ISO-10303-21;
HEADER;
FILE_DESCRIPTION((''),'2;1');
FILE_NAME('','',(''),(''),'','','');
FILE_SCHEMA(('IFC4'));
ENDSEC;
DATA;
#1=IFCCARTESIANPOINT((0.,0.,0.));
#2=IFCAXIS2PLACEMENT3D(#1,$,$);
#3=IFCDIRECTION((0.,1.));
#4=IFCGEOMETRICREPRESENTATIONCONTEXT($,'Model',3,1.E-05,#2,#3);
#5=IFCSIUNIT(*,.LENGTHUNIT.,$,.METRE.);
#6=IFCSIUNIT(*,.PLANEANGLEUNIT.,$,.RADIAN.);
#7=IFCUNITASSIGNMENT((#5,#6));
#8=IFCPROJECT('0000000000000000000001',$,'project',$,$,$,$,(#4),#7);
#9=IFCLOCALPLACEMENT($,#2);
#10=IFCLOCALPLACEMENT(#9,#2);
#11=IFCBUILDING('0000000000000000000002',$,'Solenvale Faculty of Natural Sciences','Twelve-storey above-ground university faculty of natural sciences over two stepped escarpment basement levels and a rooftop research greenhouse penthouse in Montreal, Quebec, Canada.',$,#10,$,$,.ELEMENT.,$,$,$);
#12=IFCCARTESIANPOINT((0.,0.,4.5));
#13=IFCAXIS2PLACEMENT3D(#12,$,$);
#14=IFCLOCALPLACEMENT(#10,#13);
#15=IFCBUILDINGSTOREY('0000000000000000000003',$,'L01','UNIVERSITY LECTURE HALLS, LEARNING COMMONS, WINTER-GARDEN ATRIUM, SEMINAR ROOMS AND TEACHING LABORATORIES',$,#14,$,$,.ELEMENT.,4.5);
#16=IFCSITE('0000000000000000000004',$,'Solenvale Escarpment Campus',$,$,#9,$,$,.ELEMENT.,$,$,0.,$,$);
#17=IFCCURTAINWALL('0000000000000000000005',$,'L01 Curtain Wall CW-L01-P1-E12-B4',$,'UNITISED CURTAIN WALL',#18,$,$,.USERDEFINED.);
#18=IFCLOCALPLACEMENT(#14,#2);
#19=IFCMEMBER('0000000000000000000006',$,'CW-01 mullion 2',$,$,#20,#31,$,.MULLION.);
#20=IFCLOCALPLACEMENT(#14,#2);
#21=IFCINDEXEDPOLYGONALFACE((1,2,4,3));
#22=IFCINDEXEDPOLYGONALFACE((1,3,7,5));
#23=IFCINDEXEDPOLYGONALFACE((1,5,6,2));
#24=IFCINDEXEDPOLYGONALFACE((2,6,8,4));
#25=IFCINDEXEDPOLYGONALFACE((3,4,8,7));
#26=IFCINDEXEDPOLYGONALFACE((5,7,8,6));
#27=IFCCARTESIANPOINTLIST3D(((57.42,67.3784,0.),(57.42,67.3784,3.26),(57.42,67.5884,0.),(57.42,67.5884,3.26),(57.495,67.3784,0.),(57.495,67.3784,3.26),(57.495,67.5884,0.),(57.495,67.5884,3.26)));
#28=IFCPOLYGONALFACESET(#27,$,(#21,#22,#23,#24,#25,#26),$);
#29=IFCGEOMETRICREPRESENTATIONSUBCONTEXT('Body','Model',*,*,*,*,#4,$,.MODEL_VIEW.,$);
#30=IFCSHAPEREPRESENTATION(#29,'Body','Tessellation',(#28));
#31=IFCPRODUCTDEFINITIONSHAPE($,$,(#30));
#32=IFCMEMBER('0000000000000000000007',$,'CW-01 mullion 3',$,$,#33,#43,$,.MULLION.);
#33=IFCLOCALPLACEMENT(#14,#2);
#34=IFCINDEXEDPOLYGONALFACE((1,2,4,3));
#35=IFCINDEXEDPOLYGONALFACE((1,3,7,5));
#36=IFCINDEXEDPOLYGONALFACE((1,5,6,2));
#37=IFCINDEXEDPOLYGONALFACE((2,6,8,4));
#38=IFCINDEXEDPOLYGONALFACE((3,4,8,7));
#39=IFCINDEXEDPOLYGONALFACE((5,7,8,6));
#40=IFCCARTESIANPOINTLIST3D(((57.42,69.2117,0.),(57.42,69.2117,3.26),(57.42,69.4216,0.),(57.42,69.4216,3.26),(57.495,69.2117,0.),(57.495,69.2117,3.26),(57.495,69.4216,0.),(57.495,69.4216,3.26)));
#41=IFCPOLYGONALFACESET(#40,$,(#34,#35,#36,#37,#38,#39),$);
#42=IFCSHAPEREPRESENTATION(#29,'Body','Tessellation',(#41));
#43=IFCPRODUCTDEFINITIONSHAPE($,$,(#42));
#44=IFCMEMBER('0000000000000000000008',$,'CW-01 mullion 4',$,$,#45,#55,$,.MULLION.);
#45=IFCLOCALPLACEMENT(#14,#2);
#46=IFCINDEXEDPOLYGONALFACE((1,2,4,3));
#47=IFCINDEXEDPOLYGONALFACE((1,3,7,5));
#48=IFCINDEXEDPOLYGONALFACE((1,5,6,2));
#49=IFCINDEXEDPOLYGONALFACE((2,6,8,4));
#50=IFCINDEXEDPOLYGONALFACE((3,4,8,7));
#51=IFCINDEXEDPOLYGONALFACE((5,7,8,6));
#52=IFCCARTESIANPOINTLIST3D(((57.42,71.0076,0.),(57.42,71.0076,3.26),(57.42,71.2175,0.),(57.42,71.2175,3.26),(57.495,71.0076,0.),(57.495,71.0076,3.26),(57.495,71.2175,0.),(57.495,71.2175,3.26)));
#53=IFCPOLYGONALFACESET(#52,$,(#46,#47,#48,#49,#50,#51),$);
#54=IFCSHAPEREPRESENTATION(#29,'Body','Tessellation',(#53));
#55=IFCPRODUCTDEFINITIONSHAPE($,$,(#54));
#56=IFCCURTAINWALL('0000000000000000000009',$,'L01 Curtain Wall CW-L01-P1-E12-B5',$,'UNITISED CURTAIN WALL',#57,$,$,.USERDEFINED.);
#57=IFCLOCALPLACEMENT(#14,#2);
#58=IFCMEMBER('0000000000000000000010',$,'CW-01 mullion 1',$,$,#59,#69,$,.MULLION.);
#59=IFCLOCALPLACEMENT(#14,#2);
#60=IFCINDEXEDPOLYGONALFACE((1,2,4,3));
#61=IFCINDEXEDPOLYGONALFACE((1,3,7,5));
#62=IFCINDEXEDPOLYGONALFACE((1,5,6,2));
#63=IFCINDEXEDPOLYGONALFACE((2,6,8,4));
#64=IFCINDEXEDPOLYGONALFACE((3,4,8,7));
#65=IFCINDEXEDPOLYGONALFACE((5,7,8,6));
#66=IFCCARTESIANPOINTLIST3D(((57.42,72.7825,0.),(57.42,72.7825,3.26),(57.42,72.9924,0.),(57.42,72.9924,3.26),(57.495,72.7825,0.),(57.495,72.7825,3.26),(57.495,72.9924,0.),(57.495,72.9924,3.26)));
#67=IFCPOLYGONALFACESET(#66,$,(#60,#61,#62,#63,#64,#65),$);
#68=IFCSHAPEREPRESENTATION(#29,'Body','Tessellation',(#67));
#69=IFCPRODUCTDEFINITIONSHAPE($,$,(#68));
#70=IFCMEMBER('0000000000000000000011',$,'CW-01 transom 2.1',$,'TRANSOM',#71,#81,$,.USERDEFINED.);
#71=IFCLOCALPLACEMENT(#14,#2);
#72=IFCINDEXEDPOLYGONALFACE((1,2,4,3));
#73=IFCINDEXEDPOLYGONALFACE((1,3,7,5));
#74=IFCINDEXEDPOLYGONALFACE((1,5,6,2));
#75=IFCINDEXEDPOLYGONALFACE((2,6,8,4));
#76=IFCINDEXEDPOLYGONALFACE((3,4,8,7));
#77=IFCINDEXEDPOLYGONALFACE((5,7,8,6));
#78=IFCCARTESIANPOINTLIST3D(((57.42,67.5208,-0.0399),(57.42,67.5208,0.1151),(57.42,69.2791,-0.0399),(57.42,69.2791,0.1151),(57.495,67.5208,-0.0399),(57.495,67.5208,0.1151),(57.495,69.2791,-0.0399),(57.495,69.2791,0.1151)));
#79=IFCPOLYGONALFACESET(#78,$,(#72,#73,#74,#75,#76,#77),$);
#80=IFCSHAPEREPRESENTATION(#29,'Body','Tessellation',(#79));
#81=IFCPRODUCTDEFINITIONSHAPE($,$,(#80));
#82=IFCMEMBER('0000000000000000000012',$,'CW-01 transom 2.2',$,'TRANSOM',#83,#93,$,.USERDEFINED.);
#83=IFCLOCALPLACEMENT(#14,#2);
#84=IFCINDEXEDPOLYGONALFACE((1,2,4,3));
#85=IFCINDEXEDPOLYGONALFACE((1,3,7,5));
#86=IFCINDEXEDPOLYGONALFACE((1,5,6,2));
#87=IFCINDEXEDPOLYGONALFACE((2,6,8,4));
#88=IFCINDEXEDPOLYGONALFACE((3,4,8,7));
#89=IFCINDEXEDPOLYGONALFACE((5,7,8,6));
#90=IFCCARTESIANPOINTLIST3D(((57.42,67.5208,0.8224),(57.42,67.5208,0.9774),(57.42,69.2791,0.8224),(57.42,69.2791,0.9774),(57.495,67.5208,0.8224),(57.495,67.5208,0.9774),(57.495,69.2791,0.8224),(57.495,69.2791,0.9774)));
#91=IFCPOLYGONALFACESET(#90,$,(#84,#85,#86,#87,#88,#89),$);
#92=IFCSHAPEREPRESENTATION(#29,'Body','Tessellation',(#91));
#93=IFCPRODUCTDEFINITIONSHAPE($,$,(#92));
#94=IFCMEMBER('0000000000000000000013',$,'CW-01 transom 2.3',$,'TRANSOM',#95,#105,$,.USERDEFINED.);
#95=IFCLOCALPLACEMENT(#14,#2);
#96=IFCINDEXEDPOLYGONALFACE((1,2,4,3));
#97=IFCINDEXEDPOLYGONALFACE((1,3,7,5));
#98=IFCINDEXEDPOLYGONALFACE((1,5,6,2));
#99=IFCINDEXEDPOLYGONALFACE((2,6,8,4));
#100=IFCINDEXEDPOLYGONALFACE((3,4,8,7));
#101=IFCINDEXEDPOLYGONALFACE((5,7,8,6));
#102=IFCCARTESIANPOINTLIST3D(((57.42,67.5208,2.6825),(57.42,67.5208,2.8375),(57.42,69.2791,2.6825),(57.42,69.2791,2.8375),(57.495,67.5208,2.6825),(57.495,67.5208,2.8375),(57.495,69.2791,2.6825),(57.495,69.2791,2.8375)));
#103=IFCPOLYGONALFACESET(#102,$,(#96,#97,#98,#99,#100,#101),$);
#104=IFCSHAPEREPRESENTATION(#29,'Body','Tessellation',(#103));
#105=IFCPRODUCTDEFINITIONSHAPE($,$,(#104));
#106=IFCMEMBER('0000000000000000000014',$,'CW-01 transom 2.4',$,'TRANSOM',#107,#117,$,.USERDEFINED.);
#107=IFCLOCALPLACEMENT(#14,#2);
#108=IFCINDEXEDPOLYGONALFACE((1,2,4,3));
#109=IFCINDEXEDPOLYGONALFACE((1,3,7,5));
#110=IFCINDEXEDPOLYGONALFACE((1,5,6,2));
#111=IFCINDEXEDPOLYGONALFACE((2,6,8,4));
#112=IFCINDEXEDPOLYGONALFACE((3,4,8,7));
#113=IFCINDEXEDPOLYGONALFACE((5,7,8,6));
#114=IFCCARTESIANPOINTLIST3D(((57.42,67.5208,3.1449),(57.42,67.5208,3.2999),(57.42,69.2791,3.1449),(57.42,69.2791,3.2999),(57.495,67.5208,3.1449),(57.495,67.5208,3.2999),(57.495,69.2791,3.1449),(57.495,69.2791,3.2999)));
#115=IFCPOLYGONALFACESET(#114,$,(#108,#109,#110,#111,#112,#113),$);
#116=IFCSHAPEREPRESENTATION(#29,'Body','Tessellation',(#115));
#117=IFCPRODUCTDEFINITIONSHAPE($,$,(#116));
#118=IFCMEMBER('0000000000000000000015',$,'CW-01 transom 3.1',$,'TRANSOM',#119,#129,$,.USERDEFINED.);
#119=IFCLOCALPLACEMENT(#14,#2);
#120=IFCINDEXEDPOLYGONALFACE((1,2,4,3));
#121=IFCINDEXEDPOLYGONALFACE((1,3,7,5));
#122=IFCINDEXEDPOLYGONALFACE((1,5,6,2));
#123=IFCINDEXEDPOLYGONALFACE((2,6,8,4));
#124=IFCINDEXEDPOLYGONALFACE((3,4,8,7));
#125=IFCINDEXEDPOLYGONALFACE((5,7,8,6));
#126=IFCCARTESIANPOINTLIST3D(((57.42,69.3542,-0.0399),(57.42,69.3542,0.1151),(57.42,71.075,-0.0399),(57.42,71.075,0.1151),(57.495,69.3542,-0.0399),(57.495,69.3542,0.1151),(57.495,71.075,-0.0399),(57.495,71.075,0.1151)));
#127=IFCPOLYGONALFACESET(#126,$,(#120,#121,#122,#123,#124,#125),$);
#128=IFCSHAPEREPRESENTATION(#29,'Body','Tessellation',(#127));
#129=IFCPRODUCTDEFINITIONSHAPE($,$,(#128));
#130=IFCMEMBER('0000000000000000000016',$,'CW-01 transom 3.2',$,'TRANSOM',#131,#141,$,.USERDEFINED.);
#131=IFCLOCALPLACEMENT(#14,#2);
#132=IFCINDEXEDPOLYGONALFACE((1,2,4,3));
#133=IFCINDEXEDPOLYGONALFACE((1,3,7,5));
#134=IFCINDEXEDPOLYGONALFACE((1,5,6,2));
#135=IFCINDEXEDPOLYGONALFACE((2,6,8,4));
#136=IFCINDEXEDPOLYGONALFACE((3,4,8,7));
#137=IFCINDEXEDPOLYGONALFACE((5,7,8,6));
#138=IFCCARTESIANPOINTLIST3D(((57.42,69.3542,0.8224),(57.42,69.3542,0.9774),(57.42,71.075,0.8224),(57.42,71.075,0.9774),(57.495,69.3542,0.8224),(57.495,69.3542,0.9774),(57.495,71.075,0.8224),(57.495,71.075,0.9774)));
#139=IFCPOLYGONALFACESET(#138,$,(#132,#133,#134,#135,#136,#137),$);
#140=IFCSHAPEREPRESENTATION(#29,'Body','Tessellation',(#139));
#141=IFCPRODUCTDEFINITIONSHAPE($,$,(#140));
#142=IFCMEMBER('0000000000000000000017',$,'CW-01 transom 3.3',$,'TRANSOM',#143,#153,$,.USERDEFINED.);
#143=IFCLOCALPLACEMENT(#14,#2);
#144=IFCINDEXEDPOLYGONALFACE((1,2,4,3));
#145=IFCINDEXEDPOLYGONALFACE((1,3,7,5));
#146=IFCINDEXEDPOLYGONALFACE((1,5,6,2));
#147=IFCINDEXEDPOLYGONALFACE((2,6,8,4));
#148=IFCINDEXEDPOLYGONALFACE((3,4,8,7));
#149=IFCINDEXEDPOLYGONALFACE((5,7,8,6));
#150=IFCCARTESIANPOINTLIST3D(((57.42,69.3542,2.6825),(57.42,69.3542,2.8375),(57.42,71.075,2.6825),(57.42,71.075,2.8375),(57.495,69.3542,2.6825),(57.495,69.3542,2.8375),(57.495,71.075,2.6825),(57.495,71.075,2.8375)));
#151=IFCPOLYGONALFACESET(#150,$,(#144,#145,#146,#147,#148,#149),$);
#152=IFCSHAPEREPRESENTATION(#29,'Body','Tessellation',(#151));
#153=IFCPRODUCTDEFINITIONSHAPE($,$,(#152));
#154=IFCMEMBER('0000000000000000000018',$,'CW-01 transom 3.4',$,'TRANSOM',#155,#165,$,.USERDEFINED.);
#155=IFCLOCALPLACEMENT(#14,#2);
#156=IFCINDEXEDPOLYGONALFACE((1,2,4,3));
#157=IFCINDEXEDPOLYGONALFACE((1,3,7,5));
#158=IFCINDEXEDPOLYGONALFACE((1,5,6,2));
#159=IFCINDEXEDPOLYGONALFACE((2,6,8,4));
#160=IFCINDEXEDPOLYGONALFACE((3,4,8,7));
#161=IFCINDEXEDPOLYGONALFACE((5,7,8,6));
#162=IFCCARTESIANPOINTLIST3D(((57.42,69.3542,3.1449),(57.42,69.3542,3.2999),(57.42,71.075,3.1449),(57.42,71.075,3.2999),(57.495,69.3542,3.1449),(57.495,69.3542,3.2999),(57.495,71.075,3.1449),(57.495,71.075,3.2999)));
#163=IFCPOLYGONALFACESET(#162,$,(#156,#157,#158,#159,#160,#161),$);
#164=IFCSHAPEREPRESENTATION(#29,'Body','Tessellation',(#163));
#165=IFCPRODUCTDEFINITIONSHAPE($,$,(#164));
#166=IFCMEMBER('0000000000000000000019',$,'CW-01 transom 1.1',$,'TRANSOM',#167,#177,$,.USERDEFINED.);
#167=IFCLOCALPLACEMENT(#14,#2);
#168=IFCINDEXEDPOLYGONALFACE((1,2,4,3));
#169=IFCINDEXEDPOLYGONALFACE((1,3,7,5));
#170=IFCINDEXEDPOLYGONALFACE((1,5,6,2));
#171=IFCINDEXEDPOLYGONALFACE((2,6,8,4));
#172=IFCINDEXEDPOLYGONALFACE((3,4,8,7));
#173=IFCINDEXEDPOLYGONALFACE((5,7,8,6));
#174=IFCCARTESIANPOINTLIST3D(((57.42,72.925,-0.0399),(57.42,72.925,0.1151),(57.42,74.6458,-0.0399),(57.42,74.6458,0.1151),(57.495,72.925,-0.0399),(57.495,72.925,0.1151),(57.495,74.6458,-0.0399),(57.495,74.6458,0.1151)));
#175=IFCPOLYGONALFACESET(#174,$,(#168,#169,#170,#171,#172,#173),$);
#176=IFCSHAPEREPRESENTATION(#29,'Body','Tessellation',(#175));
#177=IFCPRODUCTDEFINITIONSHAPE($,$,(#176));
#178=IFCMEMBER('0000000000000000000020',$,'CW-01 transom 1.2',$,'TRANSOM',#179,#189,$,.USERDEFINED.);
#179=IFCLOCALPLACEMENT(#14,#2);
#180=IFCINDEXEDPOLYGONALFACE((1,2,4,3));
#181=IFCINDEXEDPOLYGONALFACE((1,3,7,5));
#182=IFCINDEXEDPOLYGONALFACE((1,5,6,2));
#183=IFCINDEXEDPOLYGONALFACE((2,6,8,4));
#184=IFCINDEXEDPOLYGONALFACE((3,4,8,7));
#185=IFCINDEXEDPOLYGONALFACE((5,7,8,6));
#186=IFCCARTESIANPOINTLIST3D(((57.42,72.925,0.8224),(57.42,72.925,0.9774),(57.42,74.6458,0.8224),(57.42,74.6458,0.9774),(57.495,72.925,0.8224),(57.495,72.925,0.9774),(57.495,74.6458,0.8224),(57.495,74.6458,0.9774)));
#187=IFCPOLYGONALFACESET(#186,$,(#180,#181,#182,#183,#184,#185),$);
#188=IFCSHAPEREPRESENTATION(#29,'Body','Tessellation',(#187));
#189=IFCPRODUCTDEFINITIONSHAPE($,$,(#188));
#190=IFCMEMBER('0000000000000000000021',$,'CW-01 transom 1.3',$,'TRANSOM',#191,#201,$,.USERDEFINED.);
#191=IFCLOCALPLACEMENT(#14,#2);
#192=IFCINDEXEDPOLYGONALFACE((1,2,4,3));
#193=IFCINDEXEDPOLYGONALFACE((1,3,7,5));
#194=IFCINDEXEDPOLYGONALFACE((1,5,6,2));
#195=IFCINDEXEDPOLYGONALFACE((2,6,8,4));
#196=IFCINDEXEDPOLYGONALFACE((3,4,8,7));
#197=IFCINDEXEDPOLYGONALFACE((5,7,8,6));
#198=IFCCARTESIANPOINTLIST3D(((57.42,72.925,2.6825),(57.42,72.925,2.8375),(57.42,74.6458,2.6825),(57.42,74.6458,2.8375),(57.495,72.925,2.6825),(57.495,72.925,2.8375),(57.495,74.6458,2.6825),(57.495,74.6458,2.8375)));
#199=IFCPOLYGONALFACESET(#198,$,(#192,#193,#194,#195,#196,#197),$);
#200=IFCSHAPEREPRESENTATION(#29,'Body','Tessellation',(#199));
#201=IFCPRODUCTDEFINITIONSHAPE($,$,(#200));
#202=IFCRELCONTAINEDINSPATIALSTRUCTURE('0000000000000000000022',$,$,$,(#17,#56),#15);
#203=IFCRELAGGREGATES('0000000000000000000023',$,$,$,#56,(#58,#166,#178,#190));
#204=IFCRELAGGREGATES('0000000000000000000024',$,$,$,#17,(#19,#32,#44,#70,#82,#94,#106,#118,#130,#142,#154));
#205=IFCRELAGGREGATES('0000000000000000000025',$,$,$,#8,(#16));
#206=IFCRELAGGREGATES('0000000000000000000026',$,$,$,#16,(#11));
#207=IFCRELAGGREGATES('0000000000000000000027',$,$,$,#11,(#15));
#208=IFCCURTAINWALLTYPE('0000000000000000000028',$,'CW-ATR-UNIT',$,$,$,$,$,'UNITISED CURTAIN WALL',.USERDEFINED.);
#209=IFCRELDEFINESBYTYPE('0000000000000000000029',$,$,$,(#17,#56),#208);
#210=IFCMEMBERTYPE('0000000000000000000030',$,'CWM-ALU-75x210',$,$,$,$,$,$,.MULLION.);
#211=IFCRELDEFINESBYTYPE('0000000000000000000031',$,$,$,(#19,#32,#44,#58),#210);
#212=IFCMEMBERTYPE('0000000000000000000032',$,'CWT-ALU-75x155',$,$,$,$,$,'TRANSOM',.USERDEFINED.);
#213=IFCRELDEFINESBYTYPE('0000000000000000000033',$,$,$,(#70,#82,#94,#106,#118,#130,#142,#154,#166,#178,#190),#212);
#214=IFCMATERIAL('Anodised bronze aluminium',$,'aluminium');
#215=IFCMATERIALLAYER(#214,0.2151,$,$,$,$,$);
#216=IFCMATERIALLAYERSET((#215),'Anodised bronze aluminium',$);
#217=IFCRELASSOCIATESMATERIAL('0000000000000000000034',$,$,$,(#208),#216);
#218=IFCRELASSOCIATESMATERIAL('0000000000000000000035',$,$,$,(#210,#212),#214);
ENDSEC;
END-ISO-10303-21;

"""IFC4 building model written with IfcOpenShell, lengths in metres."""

from ifc_helpers import new_model, si_unit, direction, frame, origin, origin_2d, place, context, subcontext, project, spatial, rectangle, extrude, material, layer, layer_set, material_profile, profile_set, type_object, element, aggregate, save


model = new_model("IFC4")

# Units and contexts
model_context = context("Model", 3, precision=1e-05, world=origin(), true_north=direction((0.0, 1.0)))
body_context = subcontext(model_context, "Body", "Model", "MODEL_VIEW")
ifc_project = project(units=[si_unit("LENGTHUNIT", "METRE"), si_unit("PLANEANGLEUNIT", "RADIAN")], contexts=[model_context])

# Site, building, storey
site_placement = place(None, origin())
site = spatial("IfcSite", under=ifc_project, at=site_placement, Name="Solenvale Escarpment Campus", CompositionType="ELEMENT", RefElevation=0.0)
building_placement = place(site_placement, origin())
building = spatial("IfcBuilding", under=site, at=building_placement, Name="Solenvale Faculty of Natural Sciences", Description="Twelve-storey above-ground university faculty of natural sciences over two stepped escarpment basement levels and a rooftop research greenhouse penthouse in Montreal, Quebec, Canada.", CompositionType="ELEMENT")
storey_placement = place(building_placement, frame((0.0, 0.0, 4.5)))
storey = spatial("IfcBuildingStorey", under=building, at=storey_placement, Name="L01", Description="UNIVERSITY LECTURE HALLS, LEARNING COMMONS, WINTER-GARDEN ATRIUM, SEMINAR ROOMS AND TEACHING LABORATORIES", CompositionType="ELEMENT", Elevation=4.5)

# Curtain wall, members
ifc_material_1 = material(Name="Anodised bronze aluminium", Category="aluminium")
ifc_layer_1 = layer(ifc_material_1, 0.2151)
ifc_layer_set_1 = layer_set([ifc_layer_1], Name="Anodised bronze aluminium")
curtain_wall_type = type_object("IfcCurtainWallType", Name="CW-ATR-UNIT", ElementType="UNITISED CURTAIN WALL", PredefinedType="USERDEFINED", material=ifc_layer_set_1)
curtain_wall_1_placement = place(storey_placement, origin())
curtain_wall_1 = element("IfcCurtainWall", 1, at=curtain_wall_1_placement, inside=storey, type_object=curtain_wall_type, Name="L01 Curtain Wall CW-L01-P1-E12-B4", ObjectType="UNITISED CURTAIN WALL", PredefinedType="USERDEFINED")
ifc_material_profile_1 = material_profile(ifc_material_1, rectangle(XDim=0.075, YDim=0.21, at=origin_2d()), Name="ALU-MUL-75x210")
ifc_profile_set_1 = profile_set([ifc_material_profile_1], Name="Anodised bronze aluminium")
member_type_1 = type_object("IfcMemberType", Name="CWM-ALU-75x210", PredefinedType="MULLION", material=ifc_profile_set_1)
member_1_placement = place(storey_placement, frame((57.4575, 67.4834, 0.0), z_axis=(0.0, 0.0, 1.0), x_axis=(-1.0, 0.0, 0.0)))
member_1 = element("IfcMember", 2, at=member_1_placement, type_object=member_type_1, Name="CW-01 mullion 2", PredefinedType="MULLION", context=body_context, shape_type="SweptSolid", body=[
    extrude(rectangle(XDim=0.075, YDim=0.21, at=origin_2d()), origin(), (0.0, 0.0, 1.0), 3.26),
])
member_2_placement = place(storey_placement, frame((57.4575, 69.3167, 0.0), z_axis=(0.0, 0.0, 1.0), x_axis=(-1.0, 0.0, 0.0)))
member_2 = element("IfcMember", 3, at=member_2_placement, type_object=member_type_1, Name="CW-01 mullion 3", PredefinedType="MULLION", context=body_context, shape_type="SweptSolid", body=[
    extrude(rectangle(XDim=0.075, YDim=0.21, at=origin_2d()), origin(), (0.0, 0.0, 1.0), 3.26),
])
member_3_placement = place(storey_placement, frame((57.4575, 71.1125, 0.0), z_axis=(0.0, 0.0, 1.0), x_axis=(-1.0, 0.0, 0.0)))
member_3 = element("IfcMember", 4, at=member_3_placement, type_object=member_type_1, Name="CW-01 mullion 4", PredefinedType="MULLION", context=body_context, shape_type="SweptSolid", body=[
    extrude(rectangle(XDim=0.075, YDim=0.21, at=origin_2d()), origin(), (0.0, 0.0, 1.0), 3.26),
])

# Curtain wall, member
curtain_wall_2_placement = place(storey_placement, origin())
curtain_wall_2 = element("IfcCurtainWall", 5, at=curtain_wall_2_placement, inside=storey, type_object=curtain_wall_type, Name="L01 Curtain Wall CW-L01-P1-E12-B5", ObjectType="UNITISED CURTAIN WALL", PredefinedType="USERDEFINED")
member_4_placement = place(storey_placement, frame((57.4575, 72.8875, 0.0), z_axis=(0.0, 0.0, 1.0), x_axis=(-1.0, 0.0, 0.0)))
member_4 = element("IfcMember", 6, at=member_4_placement, type_object=member_type_1, Name="CW-01 mullion 1", PredefinedType="MULLION", context=body_context, shape_type="SweptSolid", body=[
    extrude(rectangle(XDim=0.075, YDim=0.21, at=origin_2d()), origin(), (0.0, 0.0, 1.0), 3.26),
])

# Members
ifc_material_profile_2 = material_profile(ifc_material_1, rectangle(XDim=0.075, YDim=0.155, at=origin_2d()), Name="ALU-TRN-75x155")
ifc_profile_set_2 = profile_set([ifc_material_profile_2], Name="Anodised bronze aluminium")
member_type_2 = type_object("IfcMemberType", Name="CWT-ALU-75x155", ElementType="TRANSOM", PredefinedType="USERDEFINED", material=ifc_profile_set_2)
member_5_placement = place(storey_placement, frame((57.4575, 67.5208, 0.0376), z_axis=(0.0, 1.0, 0.0), x_axis=(-1.0, 0.0, 0.0)))
member_5 = element("IfcMember", 7, at=member_5_placement, type_object=member_type_2, Name="CW-01 transom 2.1", ObjectType="TRANSOM", PredefinedType="USERDEFINED", context=body_context, shape_type="SweptSolid", body=[
    extrude(rectangle(XDim=0.075, YDim=0.155, at=origin_2d()), origin(), (0.0, 0.0, 1.0), 1.7583),
])
member_6_placement = place(storey_placement, frame((57.4575, 67.5208, 0.8999), z_axis=(0.0, 1.0, 0.0), x_axis=(-1.0, 0.0, 0.0)))
member_6 = element("IfcMember", 8, at=member_6_placement, type_object=member_type_2, Name="CW-01 transom 2.2", ObjectType="TRANSOM", PredefinedType="USERDEFINED", context=body_context, shape_type="SweptSolid", body=[
    extrude(rectangle(XDim=0.075, YDim=0.155, at=origin_2d()), origin(), (0.0, 0.0, 1.0), 1.7583),
])
member_7_placement = place(storey_placement, frame((57.4575, 67.5208, 2.76), z_axis=(0.0, 1.0, 0.0), x_axis=(-1.0, 0.0, 0.0)))
member_7 = element("IfcMember", 9, at=member_7_placement, type_object=member_type_2, Name="CW-01 transom 2.3", ObjectType="TRANSOM", PredefinedType="USERDEFINED", context=body_context, shape_type="SweptSolid", body=[
    extrude(rectangle(XDim=0.075, YDim=0.155, at=origin_2d()), origin(), (0.0, 0.0, 1.0), 1.7583),
])
member_8_placement = place(storey_placement, frame((57.4575, 67.5208, 3.2224), z_axis=(0.0, 1.0, 0.0), x_axis=(-1.0, 0.0, 0.0)))
member_8 = element("IfcMember", 10, at=member_8_placement, type_object=member_type_2, Name="CW-01 transom 2.4", ObjectType="TRANSOM", PredefinedType="USERDEFINED", context=body_context, shape_type="SweptSolid", body=[
    extrude(rectangle(XDim=0.075, YDim=0.155, at=origin_2d()), origin(), (0.0, 0.0, 1.0), 1.7583),
])
member_9_placement = place(storey_placement, frame((57.4575, 69.3542, 0.0376), z_axis=(0.0, 1.0, 0.0), x_axis=(-1.0, 0.0, 0.0)))
member_9 = element("IfcMember", 11, at=member_9_placement, type_object=member_type_2, Name="CW-01 transom 3.1", ObjectType="TRANSOM", PredefinedType="USERDEFINED", context=body_context, shape_type="SweptSolid", body=[
    extrude(rectangle(XDim=0.075, YDim=0.155, at=origin_2d()), origin(), (0.0, 0.0, 1.0), 1.7207),
])
member_10_placement = place(storey_placement, frame((57.4575, 69.3542, 0.8999), z_axis=(0.0, 1.0, 0.0), x_axis=(-1.0, 0.0, 0.0)))
member_10 = element("IfcMember", 12, at=member_10_placement, type_object=member_type_2, Name="CW-01 transom 3.2", ObjectType="TRANSOM", PredefinedType="USERDEFINED", context=body_context, shape_type="SweptSolid", body=[
    extrude(rectangle(XDim=0.075, YDim=0.155, at=origin_2d()), origin(), (0.0, 0.0, 1.0), 1.7207),
])
member_11_placement = place(storey_placement, frame((57.4575, 69.3542, 2.76), z_axis=(0.0, 1.0, 0.0), x_axis=(-1.0, 0.0, 0.0)))
member_11 = element("IfcMember", 13, at=member_11_placement, type_object=member_type_2, Name="CW-01 transom 3.3", ObjectType="TRANSOM", PredefinedType="USERDEFINED", context=body_context, shape_type="SweptSolid", body=[
    extrude(rectangle(XDim=0.075, YDim=0.155, at=origin_2d()), origin(), (0.0, 0.0, 1.0), 1.7207),
])
member_12_placement = place(storey_placement, frame((57.4575, 69.3542, 3.2224), z_axis=(0.0, 1.0, 0.0), x_axis=(-1.0, 0.0, 0.0)))
member_12 = element("IfcMember", 14, at=member_12_placement, type_object=member_type_2, Name="CW-01 transom 3.4", ObjectType="TRANSOM", PredefinedType="USERDEFINED", context=body_context, shape_type="SweptSolid", body=[
    extrude(rectangle(XDim=0.075, YDim=0.155, at=origin_2d()), origin(), (0.0, 0.0, 1.0), 1.7207),
])
member_13_placement = place(storey_placement, frame((57.4575, 72.925, 0.0376), z_axis=(0.0, 1.0, 0.0), x_axis=(-1.0, 0.0, 0.0)))
member_13 = element("IfcMember", 15, at=member_13_placement, type_object=member_type_2, Name="CW-01 transom 1.1", ObjectType="TRANSOM", PredefinedType="USERDEFINED", context=body_context, shape_type="SweptSolid", body=[
    extrude(rectangle(XDim=0.075, YDim=0.155, at=origin_2d()), origin(), (0.0, 0.0, 1.0), 1.7207),
])
member_14_placement = place(storey_placement, frame((57.4575, 72.925, 0.8999), z_axis=(0.0, 1.0, 0.0), x_axis=(-1.0, 0.0, 0.0)))
member_14 = element("IfcMember", 16, at=member_14_placement, type_object=member_type_2, Name="CW-01 transom 1.2", ObjectType="TRANSOM", PredefinedType="USERDEFINED", context=body_context, shape_type="SweptSolid", body=[
    extrude(rectangle(XDim=0.075, YDim=0.155, at=origin_2d()), origin(), (0.0, 0.0, 1.0), 1.7207),
])
member_15_placement = place(storey_placement, frame((57.4575, 72.925, 2.76), z_axis=(0.0, 1.0, 0.0), x_axis=(-1.0, 0.0, 0.0)))
member_15 = element("IfcMember", 17, at=member_15_placement, type_object=member_type_2, Name="CW-01 transom 1.3", ObjectType="TRANSOM", PredefinedType="USERDEFINED", context=body_context, shape_type="SweptSolid", body=[
    extrude(rectangle(XDim=0.075, YDim=0.155, at=origin_2d()), origin(), (0.0, 0.0, 1.0), 1.7207),
])
aggregate(curtain_wall_2, [member_4, member_13, member_14, member_15])

aggregate(curtain_wall_1, [member_1, member_2, member_3, member_5, member_6, member_7, member_8, member_9, member_10, member_11, member_12])

save(model, "model.ifc")
